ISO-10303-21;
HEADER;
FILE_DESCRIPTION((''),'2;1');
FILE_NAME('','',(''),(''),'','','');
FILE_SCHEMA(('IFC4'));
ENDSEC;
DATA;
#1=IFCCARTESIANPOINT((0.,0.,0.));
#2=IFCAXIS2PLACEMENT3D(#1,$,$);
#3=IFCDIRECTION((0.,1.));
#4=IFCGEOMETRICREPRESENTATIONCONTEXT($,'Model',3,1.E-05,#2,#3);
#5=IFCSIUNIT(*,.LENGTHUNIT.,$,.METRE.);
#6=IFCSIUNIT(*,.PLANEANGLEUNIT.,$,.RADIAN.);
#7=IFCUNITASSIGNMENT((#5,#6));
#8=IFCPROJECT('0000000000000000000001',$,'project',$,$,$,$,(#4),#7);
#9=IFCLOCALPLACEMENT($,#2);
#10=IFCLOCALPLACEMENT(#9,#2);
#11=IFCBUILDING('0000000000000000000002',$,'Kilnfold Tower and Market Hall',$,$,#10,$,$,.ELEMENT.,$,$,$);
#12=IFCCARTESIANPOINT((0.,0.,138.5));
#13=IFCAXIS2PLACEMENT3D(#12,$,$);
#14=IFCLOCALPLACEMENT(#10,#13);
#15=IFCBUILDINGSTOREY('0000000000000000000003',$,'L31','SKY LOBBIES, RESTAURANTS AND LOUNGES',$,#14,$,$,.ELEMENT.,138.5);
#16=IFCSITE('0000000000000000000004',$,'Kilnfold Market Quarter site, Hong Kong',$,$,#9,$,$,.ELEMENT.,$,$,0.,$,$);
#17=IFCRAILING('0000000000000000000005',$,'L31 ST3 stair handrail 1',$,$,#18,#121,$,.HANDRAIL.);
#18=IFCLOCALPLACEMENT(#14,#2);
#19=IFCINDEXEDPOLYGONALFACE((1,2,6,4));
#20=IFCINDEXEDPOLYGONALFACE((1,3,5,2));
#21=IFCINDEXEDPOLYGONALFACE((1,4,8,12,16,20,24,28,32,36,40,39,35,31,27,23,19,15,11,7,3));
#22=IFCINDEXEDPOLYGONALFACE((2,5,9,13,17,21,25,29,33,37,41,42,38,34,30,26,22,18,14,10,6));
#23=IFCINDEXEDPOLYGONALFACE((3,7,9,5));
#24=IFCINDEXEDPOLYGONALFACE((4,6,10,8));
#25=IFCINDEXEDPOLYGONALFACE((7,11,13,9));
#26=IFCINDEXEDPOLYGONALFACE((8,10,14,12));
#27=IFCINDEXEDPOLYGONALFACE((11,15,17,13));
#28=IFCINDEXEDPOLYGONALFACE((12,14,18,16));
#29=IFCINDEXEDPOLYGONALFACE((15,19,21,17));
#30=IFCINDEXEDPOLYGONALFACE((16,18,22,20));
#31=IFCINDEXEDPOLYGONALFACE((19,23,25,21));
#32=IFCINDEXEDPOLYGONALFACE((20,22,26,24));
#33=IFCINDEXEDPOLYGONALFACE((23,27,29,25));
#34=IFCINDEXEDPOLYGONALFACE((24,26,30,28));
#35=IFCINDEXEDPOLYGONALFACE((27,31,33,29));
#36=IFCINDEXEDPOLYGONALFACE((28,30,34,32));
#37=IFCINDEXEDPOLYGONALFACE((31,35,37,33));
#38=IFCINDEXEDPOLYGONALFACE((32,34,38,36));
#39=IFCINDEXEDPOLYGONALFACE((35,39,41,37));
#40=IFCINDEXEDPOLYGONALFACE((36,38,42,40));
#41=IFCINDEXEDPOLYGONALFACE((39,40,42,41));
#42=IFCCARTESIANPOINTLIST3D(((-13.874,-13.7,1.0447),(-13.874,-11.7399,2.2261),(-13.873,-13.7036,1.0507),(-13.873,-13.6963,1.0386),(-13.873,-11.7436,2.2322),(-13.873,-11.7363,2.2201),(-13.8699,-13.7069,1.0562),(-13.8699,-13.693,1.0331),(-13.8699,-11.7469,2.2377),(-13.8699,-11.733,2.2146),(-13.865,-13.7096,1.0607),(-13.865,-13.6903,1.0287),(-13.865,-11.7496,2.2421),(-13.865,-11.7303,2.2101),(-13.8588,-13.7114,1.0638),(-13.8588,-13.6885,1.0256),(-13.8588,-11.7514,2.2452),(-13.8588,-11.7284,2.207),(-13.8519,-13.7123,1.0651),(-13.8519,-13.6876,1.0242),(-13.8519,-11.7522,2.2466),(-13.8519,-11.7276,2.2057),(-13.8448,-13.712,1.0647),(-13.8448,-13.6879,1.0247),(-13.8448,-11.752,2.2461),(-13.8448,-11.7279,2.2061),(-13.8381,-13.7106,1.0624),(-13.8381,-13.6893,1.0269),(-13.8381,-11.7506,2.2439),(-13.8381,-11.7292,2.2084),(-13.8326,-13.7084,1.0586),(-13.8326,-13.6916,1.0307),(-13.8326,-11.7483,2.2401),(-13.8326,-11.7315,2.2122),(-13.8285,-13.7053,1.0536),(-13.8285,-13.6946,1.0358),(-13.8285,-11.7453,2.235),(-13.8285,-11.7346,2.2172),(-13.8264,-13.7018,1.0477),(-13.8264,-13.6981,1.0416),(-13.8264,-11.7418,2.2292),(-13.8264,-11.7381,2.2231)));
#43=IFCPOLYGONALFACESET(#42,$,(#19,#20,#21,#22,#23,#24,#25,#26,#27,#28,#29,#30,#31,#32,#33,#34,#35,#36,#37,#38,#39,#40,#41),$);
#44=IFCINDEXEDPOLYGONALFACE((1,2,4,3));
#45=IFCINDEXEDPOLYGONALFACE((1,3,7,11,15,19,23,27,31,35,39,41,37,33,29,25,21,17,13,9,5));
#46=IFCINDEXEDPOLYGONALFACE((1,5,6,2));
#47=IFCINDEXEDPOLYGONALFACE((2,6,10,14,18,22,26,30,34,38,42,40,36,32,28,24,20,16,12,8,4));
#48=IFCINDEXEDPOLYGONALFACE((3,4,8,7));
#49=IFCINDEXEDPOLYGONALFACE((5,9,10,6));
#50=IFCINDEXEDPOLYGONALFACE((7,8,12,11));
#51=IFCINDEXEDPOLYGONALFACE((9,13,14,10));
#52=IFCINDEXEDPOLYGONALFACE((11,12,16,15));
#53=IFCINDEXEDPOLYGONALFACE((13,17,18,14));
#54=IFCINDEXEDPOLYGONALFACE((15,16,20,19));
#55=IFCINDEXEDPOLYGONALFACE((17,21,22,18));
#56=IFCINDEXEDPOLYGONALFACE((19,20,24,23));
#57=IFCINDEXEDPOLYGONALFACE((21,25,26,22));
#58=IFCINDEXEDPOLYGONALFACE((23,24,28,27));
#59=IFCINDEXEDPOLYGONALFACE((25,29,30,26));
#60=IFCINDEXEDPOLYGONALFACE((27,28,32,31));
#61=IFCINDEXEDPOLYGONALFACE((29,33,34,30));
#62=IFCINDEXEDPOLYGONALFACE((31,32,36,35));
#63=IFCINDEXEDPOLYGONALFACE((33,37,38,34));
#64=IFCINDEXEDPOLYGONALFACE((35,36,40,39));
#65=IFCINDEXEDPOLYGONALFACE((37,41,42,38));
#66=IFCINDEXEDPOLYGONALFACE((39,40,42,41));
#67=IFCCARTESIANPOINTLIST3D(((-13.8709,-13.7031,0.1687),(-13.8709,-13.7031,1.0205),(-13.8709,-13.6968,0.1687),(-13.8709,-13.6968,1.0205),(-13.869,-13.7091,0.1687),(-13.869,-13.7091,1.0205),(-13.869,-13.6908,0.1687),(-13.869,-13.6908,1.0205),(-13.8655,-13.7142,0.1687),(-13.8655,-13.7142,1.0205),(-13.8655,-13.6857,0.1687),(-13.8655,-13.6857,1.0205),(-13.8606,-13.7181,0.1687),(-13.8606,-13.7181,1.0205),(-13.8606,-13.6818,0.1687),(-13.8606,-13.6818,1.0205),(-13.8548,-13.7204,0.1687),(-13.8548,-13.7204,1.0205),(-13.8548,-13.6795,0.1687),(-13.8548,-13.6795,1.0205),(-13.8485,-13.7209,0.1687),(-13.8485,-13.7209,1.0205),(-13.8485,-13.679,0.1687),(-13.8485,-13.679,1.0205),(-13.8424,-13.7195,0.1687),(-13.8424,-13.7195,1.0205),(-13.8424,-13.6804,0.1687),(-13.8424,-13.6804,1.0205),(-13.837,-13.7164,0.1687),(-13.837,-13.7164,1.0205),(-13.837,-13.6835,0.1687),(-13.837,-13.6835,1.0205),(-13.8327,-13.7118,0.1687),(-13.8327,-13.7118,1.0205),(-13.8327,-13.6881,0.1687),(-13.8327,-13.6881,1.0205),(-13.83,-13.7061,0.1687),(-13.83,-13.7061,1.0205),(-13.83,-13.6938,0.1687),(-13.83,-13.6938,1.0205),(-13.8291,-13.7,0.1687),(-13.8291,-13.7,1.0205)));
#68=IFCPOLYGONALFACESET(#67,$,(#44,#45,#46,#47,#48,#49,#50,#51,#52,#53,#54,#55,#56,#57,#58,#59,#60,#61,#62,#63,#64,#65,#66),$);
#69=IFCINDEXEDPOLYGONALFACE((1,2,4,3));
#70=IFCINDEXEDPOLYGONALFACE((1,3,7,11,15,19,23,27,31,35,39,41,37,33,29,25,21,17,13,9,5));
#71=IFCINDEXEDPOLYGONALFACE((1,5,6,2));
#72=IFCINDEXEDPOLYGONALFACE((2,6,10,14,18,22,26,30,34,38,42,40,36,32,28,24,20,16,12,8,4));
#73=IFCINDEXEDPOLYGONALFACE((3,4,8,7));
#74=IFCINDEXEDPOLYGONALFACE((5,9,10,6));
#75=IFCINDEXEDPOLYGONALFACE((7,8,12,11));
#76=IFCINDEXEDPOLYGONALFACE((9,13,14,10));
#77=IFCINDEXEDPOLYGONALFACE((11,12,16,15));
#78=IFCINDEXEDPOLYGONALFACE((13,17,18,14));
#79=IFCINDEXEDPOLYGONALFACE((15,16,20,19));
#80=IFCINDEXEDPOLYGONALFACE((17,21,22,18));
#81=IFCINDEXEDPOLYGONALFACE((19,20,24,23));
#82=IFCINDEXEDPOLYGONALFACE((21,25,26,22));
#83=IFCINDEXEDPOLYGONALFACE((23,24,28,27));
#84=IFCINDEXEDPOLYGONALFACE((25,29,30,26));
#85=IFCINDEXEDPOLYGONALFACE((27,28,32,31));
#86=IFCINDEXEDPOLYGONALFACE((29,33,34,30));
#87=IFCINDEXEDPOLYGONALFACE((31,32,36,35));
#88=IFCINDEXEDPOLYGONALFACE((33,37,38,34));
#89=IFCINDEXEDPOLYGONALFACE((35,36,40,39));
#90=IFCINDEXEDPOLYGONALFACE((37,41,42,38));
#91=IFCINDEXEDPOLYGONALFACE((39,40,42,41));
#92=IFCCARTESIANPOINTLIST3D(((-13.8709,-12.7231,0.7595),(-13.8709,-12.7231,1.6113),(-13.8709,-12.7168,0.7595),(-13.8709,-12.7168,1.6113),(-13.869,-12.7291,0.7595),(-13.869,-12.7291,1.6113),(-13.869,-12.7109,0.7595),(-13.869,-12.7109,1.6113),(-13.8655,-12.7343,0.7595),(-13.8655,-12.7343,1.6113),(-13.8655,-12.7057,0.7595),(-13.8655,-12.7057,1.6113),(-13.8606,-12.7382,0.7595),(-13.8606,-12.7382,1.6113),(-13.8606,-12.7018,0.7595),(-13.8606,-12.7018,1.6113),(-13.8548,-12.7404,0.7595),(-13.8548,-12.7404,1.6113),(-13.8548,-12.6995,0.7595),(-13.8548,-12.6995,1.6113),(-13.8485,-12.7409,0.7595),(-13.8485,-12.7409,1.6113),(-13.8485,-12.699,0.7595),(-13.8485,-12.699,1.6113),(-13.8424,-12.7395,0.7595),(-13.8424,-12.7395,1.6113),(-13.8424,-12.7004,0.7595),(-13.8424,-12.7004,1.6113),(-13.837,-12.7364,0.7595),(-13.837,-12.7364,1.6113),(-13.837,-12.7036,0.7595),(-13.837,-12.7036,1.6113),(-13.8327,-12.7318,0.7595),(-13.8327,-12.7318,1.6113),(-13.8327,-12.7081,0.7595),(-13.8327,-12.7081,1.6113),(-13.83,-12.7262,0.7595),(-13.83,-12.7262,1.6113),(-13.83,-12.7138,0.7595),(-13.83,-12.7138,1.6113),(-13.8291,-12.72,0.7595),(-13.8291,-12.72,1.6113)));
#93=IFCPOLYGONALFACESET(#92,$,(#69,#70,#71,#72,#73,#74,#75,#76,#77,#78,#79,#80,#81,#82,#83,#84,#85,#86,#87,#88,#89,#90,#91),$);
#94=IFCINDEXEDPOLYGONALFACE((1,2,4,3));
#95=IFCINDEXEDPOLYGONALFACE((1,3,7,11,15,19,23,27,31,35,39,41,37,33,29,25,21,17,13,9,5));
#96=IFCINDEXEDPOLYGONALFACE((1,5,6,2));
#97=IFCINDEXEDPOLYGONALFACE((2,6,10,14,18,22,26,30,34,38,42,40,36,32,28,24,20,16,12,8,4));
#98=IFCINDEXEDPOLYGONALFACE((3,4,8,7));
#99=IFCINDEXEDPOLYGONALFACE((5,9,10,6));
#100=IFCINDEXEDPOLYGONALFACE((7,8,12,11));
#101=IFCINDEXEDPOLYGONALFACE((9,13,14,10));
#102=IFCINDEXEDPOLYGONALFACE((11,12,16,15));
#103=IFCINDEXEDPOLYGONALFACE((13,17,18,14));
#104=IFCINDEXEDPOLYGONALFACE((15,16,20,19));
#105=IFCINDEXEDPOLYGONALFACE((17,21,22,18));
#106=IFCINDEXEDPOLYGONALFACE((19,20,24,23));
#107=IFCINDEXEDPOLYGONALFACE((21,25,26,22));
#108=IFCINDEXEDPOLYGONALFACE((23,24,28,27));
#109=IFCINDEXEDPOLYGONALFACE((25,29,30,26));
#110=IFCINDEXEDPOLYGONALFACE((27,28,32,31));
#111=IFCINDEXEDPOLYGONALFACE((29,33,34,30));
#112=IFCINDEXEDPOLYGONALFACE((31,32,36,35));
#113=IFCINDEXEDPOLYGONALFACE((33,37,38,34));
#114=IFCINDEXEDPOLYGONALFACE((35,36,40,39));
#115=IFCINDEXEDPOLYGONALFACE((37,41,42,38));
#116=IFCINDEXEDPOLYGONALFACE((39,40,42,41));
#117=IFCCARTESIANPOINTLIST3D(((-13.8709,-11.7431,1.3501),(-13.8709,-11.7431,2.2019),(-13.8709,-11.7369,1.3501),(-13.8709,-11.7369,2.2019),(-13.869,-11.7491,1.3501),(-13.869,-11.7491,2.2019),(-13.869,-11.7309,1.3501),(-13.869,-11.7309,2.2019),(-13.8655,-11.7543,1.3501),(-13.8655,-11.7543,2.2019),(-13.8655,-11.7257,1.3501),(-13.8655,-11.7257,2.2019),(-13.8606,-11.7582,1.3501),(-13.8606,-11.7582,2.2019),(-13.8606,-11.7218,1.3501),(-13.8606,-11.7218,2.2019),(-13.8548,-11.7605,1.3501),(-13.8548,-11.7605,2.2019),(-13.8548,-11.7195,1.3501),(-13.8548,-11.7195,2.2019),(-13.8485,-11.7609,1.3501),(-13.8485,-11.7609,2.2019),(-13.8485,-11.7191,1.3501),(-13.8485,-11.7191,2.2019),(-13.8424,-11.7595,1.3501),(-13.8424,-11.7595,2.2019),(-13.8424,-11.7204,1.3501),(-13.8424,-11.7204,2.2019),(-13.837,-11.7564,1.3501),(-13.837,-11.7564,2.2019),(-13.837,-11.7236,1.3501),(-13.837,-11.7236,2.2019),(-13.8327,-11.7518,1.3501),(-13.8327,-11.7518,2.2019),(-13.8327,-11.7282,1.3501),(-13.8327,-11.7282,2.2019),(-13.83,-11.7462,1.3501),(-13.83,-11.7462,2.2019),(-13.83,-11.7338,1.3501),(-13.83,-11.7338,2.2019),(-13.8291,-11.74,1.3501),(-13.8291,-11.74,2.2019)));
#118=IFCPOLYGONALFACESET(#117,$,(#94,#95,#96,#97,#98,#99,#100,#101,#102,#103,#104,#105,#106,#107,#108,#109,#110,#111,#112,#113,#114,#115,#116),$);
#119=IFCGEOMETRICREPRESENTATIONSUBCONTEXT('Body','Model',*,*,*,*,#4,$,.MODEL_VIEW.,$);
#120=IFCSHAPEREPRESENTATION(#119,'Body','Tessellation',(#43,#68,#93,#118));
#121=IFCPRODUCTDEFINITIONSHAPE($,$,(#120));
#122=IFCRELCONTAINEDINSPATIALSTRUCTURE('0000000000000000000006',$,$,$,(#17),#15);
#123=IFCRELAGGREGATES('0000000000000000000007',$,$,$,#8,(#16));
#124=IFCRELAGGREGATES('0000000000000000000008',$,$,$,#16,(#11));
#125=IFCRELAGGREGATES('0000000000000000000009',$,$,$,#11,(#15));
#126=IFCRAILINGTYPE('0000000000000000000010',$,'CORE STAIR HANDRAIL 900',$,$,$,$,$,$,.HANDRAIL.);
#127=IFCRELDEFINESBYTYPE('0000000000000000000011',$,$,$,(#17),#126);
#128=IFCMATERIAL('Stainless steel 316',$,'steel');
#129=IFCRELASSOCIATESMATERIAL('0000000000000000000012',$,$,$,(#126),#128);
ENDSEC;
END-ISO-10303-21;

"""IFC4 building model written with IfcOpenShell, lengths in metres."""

from ifc_helpers import new_model, si_unit, direction, frame, origin, origin_2d, place, context, subcontext, project, spatial, circle, extrude, material, type_object, element, save


model = new_model("IFC4")

# Units and contexts
model_context = context("Model", 3, precision=1e-05, world=origin(), true_north=direction((0.0, 1.0)))
body_context = subcontext(model_context, "Body", "Model", "MODEL_VIEW")
ifc_project = project(units=[si_unit("LENGTHUNIT", "METRE"), si_unit("PLANEANGLEUNIT", "RADIAN")], contexts=[model_context])

# Site, building, storey
site_placement = place(None, origin())
site = spatial("IfcSite", under=ifc_project, at=site_placement, Name="Kilnfold Market Quarter site, Hong Kong", CompositionType="ELEMENT", RefElevation=0.0)
building_placement = place(site_placement, origin())
building = spatial("IfcBuilding", under=site, at=building_placement, Name="Kilnfold Tower and Market Hall", CompositionType="ELEMENT")
storey_placement = place(building_placement, frame((0.0, 0.0, 138.5)))
storey = spatial("IfcBuildingStorey", under=building, at=storey_placement, Name="L31", Description="SKY LOBBIES, RESTAURANTS AND LOUNGES", CompositionType="ELEMENT", Elevation=138.5)

# Railing
ifc_material_1 = material(Name="Stainless steel 316", Category="steel")
railing_type_1 = type_object("IfcRailingType", Name="CORE STAIR HANDRAIL 900", PredefinedType="HANDRAIL", material=ifc_material_1)
railing_1_placement = place(storey_placement, frame((-13.8501, -13.7, 0.1687)))
element("IfcRailing", 1, at=railing_1_placement, inside=storey, type_object=railing_type_1, Name="L31 ST3 stair handrail 1", PredefinedType="HANDRAIL", context=body_context, shape_type="SweptSolid", body=[
    extrude(circle(Radius=0.0239, at=origin_2d()), frame((0.0, 0.0, 0.876), z_axis=(0.0, 0.856446, 0.516236), x_axis=(-1.0, 0.0, 0.0)), (0.0, 0.0, 1.0), 2.2886),
    extrude(circle(Radius=0.021, at=origin_2d()), origin(), (0.0, 0.0, 1.0), 0.8518),
    extrude(circle(Radius=0.021, at=origin_2d()), frame((0.0, 0.98, 0.5908)), (0.0, 0.0, 1.0), 0.8518),
    extrude(circle(Radius=0.021, at=origin_2d()), frame((0.0, 1.96, 1.1814)), (0.0, 0.0, 1.0), 0.8518),
])

save(model, "model.ifc")
